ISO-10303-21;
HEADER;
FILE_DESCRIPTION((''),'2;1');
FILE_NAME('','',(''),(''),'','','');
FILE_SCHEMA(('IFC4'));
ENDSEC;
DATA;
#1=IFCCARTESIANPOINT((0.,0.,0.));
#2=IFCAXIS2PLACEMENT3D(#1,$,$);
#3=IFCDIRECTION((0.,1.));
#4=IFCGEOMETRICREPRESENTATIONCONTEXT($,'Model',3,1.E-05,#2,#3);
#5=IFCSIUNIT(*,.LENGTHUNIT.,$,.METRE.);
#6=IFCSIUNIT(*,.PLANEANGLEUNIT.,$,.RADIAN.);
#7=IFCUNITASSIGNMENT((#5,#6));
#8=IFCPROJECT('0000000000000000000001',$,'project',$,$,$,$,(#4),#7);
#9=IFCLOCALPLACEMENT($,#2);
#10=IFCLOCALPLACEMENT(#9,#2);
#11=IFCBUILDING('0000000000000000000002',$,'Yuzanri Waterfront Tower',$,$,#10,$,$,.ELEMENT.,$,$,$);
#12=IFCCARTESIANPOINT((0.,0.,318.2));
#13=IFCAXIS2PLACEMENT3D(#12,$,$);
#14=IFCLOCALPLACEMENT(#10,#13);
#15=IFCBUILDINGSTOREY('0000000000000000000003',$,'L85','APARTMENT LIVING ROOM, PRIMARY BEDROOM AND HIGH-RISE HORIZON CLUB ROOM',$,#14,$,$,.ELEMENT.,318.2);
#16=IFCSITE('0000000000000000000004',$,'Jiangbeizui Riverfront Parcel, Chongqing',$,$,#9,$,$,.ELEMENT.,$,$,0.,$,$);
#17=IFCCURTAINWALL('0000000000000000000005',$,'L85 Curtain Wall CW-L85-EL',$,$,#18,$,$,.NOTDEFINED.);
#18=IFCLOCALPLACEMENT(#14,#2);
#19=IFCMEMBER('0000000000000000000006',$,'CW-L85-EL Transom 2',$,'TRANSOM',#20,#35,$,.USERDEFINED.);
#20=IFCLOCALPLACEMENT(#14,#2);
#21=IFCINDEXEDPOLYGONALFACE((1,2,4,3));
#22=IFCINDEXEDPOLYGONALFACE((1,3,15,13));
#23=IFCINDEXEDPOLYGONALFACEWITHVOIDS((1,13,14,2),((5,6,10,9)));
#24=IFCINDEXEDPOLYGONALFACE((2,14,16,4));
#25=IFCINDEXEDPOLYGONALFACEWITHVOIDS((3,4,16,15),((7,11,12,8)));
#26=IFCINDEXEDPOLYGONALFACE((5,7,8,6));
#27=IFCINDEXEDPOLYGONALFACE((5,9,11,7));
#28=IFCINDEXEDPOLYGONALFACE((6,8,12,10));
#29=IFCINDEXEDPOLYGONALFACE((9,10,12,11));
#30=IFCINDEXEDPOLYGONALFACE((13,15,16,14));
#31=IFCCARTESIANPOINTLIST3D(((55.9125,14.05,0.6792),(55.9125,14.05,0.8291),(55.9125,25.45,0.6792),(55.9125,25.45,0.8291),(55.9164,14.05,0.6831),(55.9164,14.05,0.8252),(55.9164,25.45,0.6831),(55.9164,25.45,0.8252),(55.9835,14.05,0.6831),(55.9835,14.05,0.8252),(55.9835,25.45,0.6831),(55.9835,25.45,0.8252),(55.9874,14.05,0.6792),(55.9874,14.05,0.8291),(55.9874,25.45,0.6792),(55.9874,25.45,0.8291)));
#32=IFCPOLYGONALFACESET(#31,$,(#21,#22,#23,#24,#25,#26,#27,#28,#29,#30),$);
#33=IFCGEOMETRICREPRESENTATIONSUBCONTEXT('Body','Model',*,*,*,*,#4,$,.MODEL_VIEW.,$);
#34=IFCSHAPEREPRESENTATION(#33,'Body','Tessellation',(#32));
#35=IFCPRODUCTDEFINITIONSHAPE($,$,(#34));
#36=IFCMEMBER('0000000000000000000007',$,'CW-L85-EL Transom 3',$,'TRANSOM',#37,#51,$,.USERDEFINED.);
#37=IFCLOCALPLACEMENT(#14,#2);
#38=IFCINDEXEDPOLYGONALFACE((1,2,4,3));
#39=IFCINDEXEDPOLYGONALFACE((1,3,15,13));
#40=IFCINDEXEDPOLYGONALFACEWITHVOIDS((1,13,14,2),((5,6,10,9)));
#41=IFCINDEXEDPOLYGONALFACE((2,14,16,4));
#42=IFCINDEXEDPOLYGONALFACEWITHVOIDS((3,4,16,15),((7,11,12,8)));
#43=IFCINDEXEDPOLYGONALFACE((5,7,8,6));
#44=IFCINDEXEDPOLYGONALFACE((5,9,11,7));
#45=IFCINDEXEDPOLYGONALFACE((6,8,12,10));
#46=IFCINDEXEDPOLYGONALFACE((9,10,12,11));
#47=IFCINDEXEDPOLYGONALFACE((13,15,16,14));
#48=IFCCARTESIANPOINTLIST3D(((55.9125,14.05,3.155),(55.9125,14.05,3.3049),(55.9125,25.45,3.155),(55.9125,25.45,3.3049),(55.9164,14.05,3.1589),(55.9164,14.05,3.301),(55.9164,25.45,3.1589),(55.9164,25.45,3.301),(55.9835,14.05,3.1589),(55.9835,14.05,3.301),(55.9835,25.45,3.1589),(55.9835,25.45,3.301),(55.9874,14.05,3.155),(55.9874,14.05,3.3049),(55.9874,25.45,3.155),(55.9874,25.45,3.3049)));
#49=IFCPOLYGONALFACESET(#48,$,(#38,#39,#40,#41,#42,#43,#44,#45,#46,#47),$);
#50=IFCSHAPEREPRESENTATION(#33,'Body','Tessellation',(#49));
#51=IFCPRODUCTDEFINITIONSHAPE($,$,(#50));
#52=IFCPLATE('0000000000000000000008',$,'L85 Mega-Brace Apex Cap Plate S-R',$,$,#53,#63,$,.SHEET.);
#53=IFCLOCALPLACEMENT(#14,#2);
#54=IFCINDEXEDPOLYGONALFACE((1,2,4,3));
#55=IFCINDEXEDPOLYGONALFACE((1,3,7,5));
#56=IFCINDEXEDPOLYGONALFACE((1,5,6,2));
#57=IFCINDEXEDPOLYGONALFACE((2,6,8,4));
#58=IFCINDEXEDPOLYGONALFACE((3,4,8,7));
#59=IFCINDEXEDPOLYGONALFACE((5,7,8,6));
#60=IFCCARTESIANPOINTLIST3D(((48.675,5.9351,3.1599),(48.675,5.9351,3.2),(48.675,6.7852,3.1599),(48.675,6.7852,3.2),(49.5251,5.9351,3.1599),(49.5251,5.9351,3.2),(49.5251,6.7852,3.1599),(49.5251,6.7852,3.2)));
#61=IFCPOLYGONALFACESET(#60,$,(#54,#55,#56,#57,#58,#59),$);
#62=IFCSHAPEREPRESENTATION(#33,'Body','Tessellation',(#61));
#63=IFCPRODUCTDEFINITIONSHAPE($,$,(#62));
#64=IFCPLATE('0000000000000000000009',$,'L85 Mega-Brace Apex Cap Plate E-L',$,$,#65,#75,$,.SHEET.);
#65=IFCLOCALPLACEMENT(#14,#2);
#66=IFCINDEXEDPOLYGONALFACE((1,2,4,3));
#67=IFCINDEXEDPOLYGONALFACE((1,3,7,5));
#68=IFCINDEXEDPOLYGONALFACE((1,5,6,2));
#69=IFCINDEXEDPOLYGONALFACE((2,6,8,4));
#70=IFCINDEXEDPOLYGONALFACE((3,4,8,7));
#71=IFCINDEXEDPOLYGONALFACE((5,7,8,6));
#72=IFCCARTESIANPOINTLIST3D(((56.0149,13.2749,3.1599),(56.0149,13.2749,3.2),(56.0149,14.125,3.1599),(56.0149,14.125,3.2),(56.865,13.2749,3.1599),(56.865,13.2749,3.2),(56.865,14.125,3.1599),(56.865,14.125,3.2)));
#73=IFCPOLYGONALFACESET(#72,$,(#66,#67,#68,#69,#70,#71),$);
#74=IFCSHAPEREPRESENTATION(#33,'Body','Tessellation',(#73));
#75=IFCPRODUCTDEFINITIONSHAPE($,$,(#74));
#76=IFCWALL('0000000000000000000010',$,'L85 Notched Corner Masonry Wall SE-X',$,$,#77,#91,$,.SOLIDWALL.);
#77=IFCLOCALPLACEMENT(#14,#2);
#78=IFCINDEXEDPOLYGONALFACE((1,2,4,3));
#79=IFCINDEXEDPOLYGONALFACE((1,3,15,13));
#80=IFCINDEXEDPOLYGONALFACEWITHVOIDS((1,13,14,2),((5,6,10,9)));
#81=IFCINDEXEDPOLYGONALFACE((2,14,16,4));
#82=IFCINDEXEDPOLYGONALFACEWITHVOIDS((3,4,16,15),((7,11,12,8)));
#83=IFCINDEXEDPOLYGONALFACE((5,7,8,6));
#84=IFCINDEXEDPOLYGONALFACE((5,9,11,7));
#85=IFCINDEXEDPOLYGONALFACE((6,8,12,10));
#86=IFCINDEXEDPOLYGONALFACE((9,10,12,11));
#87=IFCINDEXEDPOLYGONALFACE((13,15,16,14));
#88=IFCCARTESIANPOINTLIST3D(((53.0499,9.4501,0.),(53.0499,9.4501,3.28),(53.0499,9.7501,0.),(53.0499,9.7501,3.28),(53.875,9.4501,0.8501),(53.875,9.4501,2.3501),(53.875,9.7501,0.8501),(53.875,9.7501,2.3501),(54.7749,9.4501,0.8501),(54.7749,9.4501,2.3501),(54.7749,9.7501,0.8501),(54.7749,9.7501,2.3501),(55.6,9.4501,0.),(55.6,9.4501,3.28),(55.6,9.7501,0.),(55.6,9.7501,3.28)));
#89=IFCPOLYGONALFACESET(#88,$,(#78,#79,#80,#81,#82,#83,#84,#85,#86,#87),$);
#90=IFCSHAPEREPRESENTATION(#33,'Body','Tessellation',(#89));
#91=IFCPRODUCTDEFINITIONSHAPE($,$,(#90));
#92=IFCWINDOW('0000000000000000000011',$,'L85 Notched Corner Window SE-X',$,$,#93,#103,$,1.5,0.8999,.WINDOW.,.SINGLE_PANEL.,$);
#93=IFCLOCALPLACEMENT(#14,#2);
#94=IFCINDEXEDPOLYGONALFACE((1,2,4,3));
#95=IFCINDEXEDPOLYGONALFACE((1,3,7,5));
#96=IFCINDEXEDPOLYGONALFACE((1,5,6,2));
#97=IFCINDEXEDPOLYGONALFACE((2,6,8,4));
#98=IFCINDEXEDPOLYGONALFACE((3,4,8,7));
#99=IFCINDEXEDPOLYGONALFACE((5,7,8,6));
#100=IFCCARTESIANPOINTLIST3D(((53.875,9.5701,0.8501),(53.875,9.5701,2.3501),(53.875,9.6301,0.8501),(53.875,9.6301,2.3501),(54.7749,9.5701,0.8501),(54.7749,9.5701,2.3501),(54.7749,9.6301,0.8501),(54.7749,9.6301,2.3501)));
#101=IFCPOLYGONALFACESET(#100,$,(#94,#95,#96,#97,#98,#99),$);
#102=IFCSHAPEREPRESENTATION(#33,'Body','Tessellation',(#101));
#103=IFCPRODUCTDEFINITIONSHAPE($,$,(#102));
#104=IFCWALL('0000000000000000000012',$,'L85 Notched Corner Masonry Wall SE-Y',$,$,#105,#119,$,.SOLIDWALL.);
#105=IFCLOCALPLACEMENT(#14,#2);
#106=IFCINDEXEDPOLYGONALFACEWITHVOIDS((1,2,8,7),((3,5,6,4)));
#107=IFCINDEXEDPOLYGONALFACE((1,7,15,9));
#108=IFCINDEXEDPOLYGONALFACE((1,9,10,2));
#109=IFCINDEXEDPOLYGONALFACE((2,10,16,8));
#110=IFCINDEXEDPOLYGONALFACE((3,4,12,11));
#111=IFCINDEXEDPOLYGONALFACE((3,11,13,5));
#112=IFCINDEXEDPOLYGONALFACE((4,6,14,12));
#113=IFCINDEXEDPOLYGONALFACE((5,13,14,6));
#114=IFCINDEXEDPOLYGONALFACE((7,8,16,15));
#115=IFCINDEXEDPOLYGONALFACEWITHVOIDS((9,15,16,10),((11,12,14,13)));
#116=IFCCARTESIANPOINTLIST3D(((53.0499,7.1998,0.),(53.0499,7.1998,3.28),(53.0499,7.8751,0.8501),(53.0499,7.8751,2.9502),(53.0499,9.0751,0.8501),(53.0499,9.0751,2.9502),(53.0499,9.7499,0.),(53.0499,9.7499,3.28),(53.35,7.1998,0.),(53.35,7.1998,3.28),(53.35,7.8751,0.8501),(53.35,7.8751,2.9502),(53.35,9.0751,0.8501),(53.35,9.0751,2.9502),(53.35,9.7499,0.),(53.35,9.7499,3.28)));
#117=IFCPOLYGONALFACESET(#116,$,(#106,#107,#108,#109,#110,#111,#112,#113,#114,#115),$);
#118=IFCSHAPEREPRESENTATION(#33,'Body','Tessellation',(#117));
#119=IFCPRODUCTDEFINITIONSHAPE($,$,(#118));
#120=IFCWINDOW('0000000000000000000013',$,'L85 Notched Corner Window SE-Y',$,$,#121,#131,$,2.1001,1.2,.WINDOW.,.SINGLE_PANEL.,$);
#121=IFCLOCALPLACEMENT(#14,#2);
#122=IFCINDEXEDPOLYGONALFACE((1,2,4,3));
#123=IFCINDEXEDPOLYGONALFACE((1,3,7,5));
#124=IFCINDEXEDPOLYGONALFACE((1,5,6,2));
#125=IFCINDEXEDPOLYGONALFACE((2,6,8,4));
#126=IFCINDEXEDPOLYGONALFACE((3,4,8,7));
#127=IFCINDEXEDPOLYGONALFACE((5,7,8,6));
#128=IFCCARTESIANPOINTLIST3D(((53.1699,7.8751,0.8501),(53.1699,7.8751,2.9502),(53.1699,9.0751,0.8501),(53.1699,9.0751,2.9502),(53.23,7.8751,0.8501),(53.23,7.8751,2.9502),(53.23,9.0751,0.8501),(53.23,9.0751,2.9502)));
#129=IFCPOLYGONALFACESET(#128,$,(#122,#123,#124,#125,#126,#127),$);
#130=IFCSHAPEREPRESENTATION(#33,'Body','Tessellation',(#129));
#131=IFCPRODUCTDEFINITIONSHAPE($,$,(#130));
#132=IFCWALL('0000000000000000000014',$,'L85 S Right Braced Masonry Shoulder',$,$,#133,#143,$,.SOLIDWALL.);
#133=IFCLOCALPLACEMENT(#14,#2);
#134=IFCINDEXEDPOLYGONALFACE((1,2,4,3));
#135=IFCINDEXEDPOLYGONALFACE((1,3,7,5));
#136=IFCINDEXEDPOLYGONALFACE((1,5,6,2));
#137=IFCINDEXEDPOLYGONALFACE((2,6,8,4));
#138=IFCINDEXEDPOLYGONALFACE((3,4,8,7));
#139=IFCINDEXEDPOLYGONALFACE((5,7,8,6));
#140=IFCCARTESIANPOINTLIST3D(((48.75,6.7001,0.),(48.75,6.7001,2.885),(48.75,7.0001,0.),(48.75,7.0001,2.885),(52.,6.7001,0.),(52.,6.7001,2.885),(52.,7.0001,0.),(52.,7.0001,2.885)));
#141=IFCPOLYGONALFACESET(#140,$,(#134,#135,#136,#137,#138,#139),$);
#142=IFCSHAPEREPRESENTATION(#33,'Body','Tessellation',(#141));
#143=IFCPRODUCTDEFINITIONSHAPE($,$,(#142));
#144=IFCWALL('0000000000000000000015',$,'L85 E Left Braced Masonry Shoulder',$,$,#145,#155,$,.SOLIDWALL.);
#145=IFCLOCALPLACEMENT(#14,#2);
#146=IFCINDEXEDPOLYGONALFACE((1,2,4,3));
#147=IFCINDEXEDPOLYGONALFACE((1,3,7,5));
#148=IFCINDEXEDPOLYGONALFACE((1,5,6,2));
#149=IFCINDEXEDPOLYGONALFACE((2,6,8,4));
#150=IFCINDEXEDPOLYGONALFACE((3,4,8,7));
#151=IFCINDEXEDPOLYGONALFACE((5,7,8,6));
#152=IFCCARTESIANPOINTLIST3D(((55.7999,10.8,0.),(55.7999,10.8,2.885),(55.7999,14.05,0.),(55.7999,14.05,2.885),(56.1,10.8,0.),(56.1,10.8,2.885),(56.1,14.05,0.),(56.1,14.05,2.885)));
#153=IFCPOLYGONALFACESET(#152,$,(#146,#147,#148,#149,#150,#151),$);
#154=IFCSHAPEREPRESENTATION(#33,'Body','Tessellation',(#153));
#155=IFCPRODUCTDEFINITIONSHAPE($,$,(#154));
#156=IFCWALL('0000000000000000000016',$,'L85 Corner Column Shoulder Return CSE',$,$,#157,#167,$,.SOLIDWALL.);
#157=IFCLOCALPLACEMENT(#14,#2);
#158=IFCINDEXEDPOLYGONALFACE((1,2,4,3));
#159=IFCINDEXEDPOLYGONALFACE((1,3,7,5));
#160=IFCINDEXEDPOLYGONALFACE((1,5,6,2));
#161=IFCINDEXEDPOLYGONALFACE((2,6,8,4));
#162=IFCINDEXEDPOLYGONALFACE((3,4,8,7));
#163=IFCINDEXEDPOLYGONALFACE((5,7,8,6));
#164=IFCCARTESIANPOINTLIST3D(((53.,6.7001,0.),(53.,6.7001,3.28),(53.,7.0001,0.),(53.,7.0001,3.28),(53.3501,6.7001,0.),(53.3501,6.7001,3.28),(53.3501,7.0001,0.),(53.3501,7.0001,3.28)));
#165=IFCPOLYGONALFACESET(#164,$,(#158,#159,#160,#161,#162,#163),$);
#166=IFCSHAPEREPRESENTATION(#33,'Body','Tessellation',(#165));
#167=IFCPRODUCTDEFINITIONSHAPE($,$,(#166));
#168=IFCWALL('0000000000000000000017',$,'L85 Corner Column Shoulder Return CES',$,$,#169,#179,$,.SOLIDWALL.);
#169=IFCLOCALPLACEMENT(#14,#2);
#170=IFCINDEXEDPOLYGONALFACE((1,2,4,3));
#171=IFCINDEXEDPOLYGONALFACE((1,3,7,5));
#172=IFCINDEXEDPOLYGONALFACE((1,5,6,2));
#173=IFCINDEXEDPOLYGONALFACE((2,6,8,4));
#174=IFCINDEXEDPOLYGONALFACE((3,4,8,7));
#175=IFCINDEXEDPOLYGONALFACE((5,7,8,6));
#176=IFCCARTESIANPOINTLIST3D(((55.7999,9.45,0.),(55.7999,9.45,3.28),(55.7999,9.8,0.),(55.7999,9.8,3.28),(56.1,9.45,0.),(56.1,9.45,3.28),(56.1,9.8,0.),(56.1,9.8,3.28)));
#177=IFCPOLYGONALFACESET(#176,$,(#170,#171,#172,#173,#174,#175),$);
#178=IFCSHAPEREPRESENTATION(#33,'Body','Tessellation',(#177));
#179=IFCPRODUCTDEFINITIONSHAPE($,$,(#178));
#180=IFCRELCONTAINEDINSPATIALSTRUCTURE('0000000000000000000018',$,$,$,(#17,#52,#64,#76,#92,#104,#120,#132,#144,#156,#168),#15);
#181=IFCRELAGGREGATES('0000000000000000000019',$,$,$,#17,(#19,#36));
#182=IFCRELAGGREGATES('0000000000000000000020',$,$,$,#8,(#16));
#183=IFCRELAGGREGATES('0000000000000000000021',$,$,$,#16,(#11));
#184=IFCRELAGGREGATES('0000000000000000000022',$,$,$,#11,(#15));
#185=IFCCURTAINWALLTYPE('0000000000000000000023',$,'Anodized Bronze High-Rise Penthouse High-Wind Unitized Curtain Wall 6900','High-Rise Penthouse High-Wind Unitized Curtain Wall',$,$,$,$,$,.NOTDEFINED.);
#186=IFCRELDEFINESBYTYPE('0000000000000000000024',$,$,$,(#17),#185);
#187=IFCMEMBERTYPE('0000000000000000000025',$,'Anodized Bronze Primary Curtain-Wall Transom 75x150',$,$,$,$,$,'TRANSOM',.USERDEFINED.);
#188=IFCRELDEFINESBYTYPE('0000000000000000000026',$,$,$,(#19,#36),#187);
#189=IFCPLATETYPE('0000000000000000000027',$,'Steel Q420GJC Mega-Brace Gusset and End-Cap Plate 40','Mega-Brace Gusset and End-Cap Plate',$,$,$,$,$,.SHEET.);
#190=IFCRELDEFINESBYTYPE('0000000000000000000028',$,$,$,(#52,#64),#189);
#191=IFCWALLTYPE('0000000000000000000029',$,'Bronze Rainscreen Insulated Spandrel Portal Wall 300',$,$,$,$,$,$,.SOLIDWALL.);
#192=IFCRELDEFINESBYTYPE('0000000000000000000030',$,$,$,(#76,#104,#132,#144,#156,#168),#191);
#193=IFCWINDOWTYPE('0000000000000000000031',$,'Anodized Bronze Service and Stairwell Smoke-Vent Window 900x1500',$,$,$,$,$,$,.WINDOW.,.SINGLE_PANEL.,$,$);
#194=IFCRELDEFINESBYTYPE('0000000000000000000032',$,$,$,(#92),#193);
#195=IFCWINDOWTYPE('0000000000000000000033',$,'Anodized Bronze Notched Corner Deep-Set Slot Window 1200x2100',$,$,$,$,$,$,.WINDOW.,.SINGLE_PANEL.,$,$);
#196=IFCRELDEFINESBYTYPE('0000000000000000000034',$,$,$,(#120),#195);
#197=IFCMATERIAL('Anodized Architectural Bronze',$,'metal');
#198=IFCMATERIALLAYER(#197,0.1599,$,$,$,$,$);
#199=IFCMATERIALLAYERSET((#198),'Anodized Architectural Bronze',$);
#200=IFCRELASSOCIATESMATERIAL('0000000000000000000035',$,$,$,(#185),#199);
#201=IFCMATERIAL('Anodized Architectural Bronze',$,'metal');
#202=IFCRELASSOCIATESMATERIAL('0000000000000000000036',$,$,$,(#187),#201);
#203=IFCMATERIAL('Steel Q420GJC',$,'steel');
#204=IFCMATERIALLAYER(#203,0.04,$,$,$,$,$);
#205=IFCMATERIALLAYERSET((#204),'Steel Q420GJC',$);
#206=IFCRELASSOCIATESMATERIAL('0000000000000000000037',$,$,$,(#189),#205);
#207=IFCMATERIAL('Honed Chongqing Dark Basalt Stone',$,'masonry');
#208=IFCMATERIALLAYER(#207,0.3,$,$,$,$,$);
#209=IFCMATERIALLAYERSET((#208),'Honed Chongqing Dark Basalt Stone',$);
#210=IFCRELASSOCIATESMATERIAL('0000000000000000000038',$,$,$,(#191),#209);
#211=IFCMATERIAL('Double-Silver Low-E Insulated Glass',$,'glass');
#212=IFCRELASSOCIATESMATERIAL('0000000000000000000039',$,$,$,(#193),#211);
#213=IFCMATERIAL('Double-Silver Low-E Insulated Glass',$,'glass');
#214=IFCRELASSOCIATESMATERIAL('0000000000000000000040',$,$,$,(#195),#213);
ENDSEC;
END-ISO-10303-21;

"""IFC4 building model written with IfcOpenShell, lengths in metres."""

from ifc_helpers import new_model, si_unit, direction, frame, frame_2d, origin, origin_2d, place, context, subcontext, project, spatial, rectangle, hollow_rectangle, extrude, source, transform, mapped, material, layer, layer_set, material_profile, profile_set, type_object, element, fill, aggregate, save


model = new_model("IFC4")

# Units and contexts
model_context = context("Model", 3, precision=1e-05, world=origin(), true_north=direction((0.0, 1.0)))
body_context = subcontext(model_context, "Body", "Model", "MODEL_VIEW")
ifc_project = project(units=[si_unit("LENGTHUNIT", "METRE"), si_unit("PLANEANGLEUNIT", "RADIAN")], contexts=[model_context])

# Site, building, storey
site_placement = place(None, origin())
site = spatial("IfcSite", under=ifc_project, at=site_placement, Name="Jiangbeizui Riverfront Parcel, Chongqing", CompositionType="ELEMENT", RefElevation=0.0)
building_placement = place(site_placement, origin())
building = spatial("IfcBuilding", under=site, at=building_placement, Name="Yuzanri Waterfront Tower", CompositionType="ELEMENT")
storey_placement = place(building_placement, frame((0.0, 0.0, 318.2)))
storey = spatial("IfcBuildingStorey", under=building, at=storey_placement, Name="L85", Description="APARTMENT LIVING ROOM, PRIMARY BEDROOM AND HIGH-RISE HORIZON CLUB ROOM", CompositionType="ELEMENT", Elevation=318.2)

# Curtain wall
ifc_material_1 = material(Name="Anodized Architectural Bronze", Category="metal")
ifc_layer_1 = layer(ifc_material_1, 0.1599)
ifc_layer_set_1 = layer_set([ifc_layer_1], Name="Anodized Architectural Bronze")
curtain_wall_type = type_object("IfcCurtainWallType", Name="Anodized Bronze High-Rise Penthouse High-Wind Unitized Curtain Wall 6900", Description="High-Rise Penthouse High-Wind Unitized Curtain Wall", PredefinedType="NOTDEFINED", material=ifc_layer_set_1)
curtain_wall_1_placement = place(storey_placement, origin())
curtain_wall_1 = element("IfcCurtainWall", 1, at=curtain_wall_1_placement, inside=storey, type_object=curtain_wall_type, Name="L85 Curtain Wall CW-L85-EL", PredefinedType="NOTDEFINED")

# Members
ifc_material_2 = material(Name="Anodized Architectural Bronze", Category="metal")
ifc_material_profile_1 = material_profile(ifc_material_2, hollow_rectangle(XDim=0.075, YDim=0.1499, WallThickness=0.0039, at=origin_2d()), Name="CWT 75x150")
ifc_profile_set_1 = profile_set([ifc_material_profile_1], Name="Anodized Architectural Bronze")
member_type_1 = type_object("IfcMemberType", Name="Anodized Bronze Primary Curtain-Wall Transom 75x150", ElementType="TRANSOM", PredefinedType="USERDEFINED", material=ifc_profile_set_1)
shared_shape_1 = source(origin(), body_context, "Body", "SweptSolid", [
    extrude(hollow_rectangle(XDim=0.075, YDim=0.1499, WallThickness=0.0039, at=origin_2d()), origin(), (0.0, 0.0, 1.0), 11.3999),
])
member_1_placement = place(storey_placement, frame((55.95, 14.05, 0.7542), z_axis=(0.0, 1.0, 0.0), x_axis=(-1.0, 0.0, 0.0)))
member_1 = element("IfcMember", 2, at=member_1_placement, type_object=member_type_1, Name="CW-L85-EL Transom 2", ObjectType="TRANSOM", PredefinedType="USERDEFINED", context=body_context, shape_type="MappedRepresentation", body=[
    mapped(shared_shape_1, transform((0.0, 0.0, 0.0), scale=1.0)),
])
member_2_placement = place(storey_placement, frame((55.95, 14.05, 3.23), z_axis=(0.0, 1.0, 0.0), x_axis=(-1.0, 0.0, 0.0)))
member_2 = element("IfcMember", 3, at=member_2_placement, type_object=member_type_1, Name="CW-L85-EL Transom 3", ObjectType="TRANSOM", PredefinedType="USERDEFINED", context=body_context, shape_type="MappedRepresentation", body=[
    mapped(shared_shape_1, transform((0.0, 0.0, 0.0), scale=1.0)),
])
aggregate(curtain_wall_1, [member_1, member_2])

# Plates
ifc_material_3 = material(Name="Steel Q420GJC", Category="steel")
ifc_layer_2 = layer(ifc_material_3, 0.04)
ifc_layer_set_2 = layer_set([ifc_layer_2], Name="Steel Q420GJC")
plate_type = type_object("IfcPlateType", Name="Steel Q420GJC Mega-Brace Gusset and End-Cap Plate 40", Description="Mega-Brace Gusset and End-Cap Plate", PredefinedType="SHEET", material=ifc_layer_set_2)
shared_shape_2 = source(origin(), body_context, "Body", "SweptSolid", [
    extrude(rectangle(XDim=0.8501, YDim=0.8501, at=origin_2d()), origin(), (0.0, 0.0, 1.0), 0.04),
])
for number, where, z_axis, x_axis, name in (
    (4, (49.1001, 6.3601, 3.1599), (0.0, 0.0, 1.0), (1.0, 0.0, 0.0), "L85 Mega-Brace Apex Cap Plate S-R"),
    (5, (56.4399, 13.7, 3.1599), (0.0, 0.0, 1.0), (1.0, 0.0, 0.0), "L85 Mega-Brace Apex Cap Plate E-L"),
):
    element("IfcPlate", number, at=place(storey_placement, frame(where, z_axis=z_axis, x_axis=x_axis)), inside=storey, type_object=plate_type, Name=name, PredefinedType="SHEET", context=body_context, shape_type="MappedRepresentation", body=[
        mapped(shared_shape_2, transform((0.0, 0.0, 0.0), scale=1.0)),
    ])

# Walls, openings, windows
ifc_material_4 = material(Name="Honed Chongqing Dark Basalt Stone", Category="masonry")
ifc_layer_3 = layer(ifc_material_4, 0.3)
ifc_layer_set_3 = layer_set([ifc_layer_3], Name="Honed Chongqing Dark Basalt Stone")
wall_type_1 = type_object("IfcWallType", Name="Bronze Rainscreen Insulated Spandrel Portal Wall 300", PredefinedType="SOLIDWALL", material=ifc_layer_set_3)
wall_1_placement = place(storey_placement, frame((53.05, 9.6001, 0.0), z_axis=(0.0, 0.0, 1.0), x_axis=(1.0, 0.0, 0.0)))
wall_1 = element("IfcWall", 6, at=wall_1_placement, inside=storey, type_object=wall_type_1, Name="L85 Notched Corner Masonry Wall SE-X", PredefinedType="SOLIDWALL", context=body_context, shape_type="SweptSolid", body=[
    extrude(rectangle(XDim=2.55, YDim=0.3, at=frame_2d((1.2749, 0.0))), origin(), (0.0, 0.0, 1.0), 3.28),
])
opening_1_placement = place(wall_1_placement, frame((0.825, 0.0, 0.8501)))
opening_1 = element("IfcOpeningElement", 7, at=opening_1_placement, cuts=wall_1, PredefinedType="OPENING", context=body_context, shape_type="SweptSolid", body=[
    extrude(rectangle(XDim=0.8999, YDim=1.5, at=frame_2d((0.45, 0.75))), frame((0.0, 0.165, 0.0), z_axis=(0.0, -1.0, 0.0), x_axis=(1.0, 0.0, 0.0)), (0.0, 0.0, 1.0), 0.3298),
])
ifc_material_5 = material(Name="Double-Silver Low-E Insulated Glass", Category="glass")
window_type_1 = type_object("IfcWindowType", Name="Anodized Bronze Service and Stairwell Smoke-Vent Window 900x1500", PartitioningType="SINGLE_PANEL", PredefinedType="WINDOW", material=ifc_material_5)
shared_shape_3 = source(origin(), body_context, "Body", "SweptSolid", [
    extrude(rectangle(XDim=0.8999, YDim=1.5, at=frame_2d((0.45, 0.75))), frame((0.0, 0.03, 0.0), z_axis=(0.0, -1.0, 0.0), x_axis=(1.0, 0.0, 0.0)), (0.0, 0.0, 1.0), 0.0601),
])
window_1_placement = place(opening_1_placement, origin())
window_1 = element("IfcWindow", 8, at=window_1_placement, inside=storey, type_object=window_type_1, Name="L85 Notched Corner Window SE-X", OverallHeight=1.5, OverallWidth=0.8999, PartitioningType="SINGLE_PANEL", PredefinedType="WINDOW", context=body_context, shape_type="MappedRepresentation", body=[
    mapped(shared_shape_3, transform((0.0, 0.0, 0.0), scale=1.0)),
])
fill(opening_1, window_1)
wall_2_placement = place(storey_placement, frame((53.2, 7.2, 0.0), z_axis=(0.0, 0.0, 1.0), x_axis=(0.0, 1.0, 0.0)))
wall_2 = element("IfcWall", 9, at=wall_2_placement, inside=storey, type_object=wall_type_1, Name="L85 Notched Corner Masonry Wall SE-Y", PredefinedType="SOLIDWALL", context=body_context, shape_type="SweptSolid", body=[
    extrude(rectangle(XDim=2.55, YDim=0.3, at=frame_2d((1.2749, 0.0))), origin(), (0.0, 0.0, 1.0), 3.28),
])
opening_2_placement = place(wall_2_placement, frame((0.675, 0.0, 0.8501)))
opening_2 = element("IfcOpeningElement", 10, at=opening_2_placement, cuts=wall_2, PredefinedType="OPENING", context=body_context, shape_type="SweptSolid", body=[
    extrude(rectangle(XDim=1.2, YDim=2.1001, at=frame_2d((0.6001, 1.05))), frame((0.0, 0.165, 0.0), z_axis=(0.0, -1.0, 0.0), x_axis=(1.0, 0.0, 0.0)), (0.0, 0.0, 1.0), 0.3298),
])
ifc_material_6 = material(Name="Double-Silver Low-E Insulated Glass", Category="glass")
window_type_2 = type_object("IfcWindowType", Name="Anodized Bronze Notched Corner Deep-Set Slot Window 1200x2100", PartitioningType="SINGLE_PANEL", PredefinedType="WINDOW", material=ifc_material_6)
shared_shape_4 = source(origin(), body_context, "Body", "SweptSolid", [
    extrude(rectangle(XDim=1.2, YDim=2.1001, at=frame_2d((0.6001, 1.05))), frame((0.0, 0.03, 0.0), z_axis=(0.0, -1.0, 0.0), x_axis=(1.0, 0.0, 0.0)), (0.0, 0.0, 1.0), 0.0601),
])
window_2_placement = place(opening_2_placement, origin())
window_2 = element("IfcWindow", 11, at=window_2_placement, inside=storey, type_object=window_type_2, Name="L85 Notched Corner Window SE-Y", OverallHeight=2.1001, OverallWidth=1.2, PartitioningType="SINGLE_PANEL", PredefinedType="WINDOW", context=body_context, shape_type="MappedRepresentation", body=[
    mapped(shared_shape_4, transform((0.0, 0.0, 0.0), scale=1.0)),
])
fill(opening_2, window_2)

# Walls
shared_shape_5 = source(origin(), body_context, "Body", "SweptSolid", [
    extrude(rectangle(XDim=3.25, YDim=0.3, at=frame_2d((1.625, 0.0))), origin(), (0.0, 0.0, 1.0), 2.885),
])
for number, where, z_axis, x_axis, name in (
    (12, (48.75, 6.8501, 0.0), (0.0, 0.0, 1.0), (1.0, 0.0, 0.0), "L85 S Right Braced Masonry Shoulder"),
    (13, (55.95, 10.8, 0.0), (0.0, 0.0, 1.0), (0.0, 1.0, 0.0), "L85 E Left Braced Masonry Shoulder"),
):
    element("IfcWall", number, at=place(storey_placement, frame(where, z_axis=z_axis, x_axis=x_axis)), inside=storey, type_object=wall_type_1, Name=name, PredefinedType="SOLIDWALL", context=body_context, shape_type="MappedRepresentation", body=[
        mapped(shared_shape_5, transform((0.0, 0.0, 0.0), scale=1.0)),
    ])
shared_shape_6 = source(origin(), body_context, "Body", "SweptSolid", [
    extrude(rectangle(XDim=0.3501, YDim=0.3, at=frame_2d((0.175, 0.0))), origin(), (0.0, 0.0, 1.0), 3.28),
])
for number, where, z_axis, x_axis, name in (
    (14, (53.0, 6.8501, 0.0), (0.0, 0.0, 1.0), (1.0, 0.0, 0.0), "L85 Corner Column Shoulder Return CSE"),
    (15, (55.95, 9.45, 0.0), (0.0, 0.0, 1.0), (0.0, 1.0, 0.0), "L85 Corner Column Shoulder Return CES"),
):
    element("IfcWall", number, at=place(storey_placement, frame(where, z_axis=z_axis, x_axis=x_axis)), inside=storey, type_object=wall_type_1, Name=name, PredefinedType="SOLIDWALL", context=body_context, shape_type="MappedRepresentation", body=[
        mapped(shared_shape_6, transform((0.0, 0.0, 0.0), scale=1.0)),
    ])

save(model, "model.ifc")
